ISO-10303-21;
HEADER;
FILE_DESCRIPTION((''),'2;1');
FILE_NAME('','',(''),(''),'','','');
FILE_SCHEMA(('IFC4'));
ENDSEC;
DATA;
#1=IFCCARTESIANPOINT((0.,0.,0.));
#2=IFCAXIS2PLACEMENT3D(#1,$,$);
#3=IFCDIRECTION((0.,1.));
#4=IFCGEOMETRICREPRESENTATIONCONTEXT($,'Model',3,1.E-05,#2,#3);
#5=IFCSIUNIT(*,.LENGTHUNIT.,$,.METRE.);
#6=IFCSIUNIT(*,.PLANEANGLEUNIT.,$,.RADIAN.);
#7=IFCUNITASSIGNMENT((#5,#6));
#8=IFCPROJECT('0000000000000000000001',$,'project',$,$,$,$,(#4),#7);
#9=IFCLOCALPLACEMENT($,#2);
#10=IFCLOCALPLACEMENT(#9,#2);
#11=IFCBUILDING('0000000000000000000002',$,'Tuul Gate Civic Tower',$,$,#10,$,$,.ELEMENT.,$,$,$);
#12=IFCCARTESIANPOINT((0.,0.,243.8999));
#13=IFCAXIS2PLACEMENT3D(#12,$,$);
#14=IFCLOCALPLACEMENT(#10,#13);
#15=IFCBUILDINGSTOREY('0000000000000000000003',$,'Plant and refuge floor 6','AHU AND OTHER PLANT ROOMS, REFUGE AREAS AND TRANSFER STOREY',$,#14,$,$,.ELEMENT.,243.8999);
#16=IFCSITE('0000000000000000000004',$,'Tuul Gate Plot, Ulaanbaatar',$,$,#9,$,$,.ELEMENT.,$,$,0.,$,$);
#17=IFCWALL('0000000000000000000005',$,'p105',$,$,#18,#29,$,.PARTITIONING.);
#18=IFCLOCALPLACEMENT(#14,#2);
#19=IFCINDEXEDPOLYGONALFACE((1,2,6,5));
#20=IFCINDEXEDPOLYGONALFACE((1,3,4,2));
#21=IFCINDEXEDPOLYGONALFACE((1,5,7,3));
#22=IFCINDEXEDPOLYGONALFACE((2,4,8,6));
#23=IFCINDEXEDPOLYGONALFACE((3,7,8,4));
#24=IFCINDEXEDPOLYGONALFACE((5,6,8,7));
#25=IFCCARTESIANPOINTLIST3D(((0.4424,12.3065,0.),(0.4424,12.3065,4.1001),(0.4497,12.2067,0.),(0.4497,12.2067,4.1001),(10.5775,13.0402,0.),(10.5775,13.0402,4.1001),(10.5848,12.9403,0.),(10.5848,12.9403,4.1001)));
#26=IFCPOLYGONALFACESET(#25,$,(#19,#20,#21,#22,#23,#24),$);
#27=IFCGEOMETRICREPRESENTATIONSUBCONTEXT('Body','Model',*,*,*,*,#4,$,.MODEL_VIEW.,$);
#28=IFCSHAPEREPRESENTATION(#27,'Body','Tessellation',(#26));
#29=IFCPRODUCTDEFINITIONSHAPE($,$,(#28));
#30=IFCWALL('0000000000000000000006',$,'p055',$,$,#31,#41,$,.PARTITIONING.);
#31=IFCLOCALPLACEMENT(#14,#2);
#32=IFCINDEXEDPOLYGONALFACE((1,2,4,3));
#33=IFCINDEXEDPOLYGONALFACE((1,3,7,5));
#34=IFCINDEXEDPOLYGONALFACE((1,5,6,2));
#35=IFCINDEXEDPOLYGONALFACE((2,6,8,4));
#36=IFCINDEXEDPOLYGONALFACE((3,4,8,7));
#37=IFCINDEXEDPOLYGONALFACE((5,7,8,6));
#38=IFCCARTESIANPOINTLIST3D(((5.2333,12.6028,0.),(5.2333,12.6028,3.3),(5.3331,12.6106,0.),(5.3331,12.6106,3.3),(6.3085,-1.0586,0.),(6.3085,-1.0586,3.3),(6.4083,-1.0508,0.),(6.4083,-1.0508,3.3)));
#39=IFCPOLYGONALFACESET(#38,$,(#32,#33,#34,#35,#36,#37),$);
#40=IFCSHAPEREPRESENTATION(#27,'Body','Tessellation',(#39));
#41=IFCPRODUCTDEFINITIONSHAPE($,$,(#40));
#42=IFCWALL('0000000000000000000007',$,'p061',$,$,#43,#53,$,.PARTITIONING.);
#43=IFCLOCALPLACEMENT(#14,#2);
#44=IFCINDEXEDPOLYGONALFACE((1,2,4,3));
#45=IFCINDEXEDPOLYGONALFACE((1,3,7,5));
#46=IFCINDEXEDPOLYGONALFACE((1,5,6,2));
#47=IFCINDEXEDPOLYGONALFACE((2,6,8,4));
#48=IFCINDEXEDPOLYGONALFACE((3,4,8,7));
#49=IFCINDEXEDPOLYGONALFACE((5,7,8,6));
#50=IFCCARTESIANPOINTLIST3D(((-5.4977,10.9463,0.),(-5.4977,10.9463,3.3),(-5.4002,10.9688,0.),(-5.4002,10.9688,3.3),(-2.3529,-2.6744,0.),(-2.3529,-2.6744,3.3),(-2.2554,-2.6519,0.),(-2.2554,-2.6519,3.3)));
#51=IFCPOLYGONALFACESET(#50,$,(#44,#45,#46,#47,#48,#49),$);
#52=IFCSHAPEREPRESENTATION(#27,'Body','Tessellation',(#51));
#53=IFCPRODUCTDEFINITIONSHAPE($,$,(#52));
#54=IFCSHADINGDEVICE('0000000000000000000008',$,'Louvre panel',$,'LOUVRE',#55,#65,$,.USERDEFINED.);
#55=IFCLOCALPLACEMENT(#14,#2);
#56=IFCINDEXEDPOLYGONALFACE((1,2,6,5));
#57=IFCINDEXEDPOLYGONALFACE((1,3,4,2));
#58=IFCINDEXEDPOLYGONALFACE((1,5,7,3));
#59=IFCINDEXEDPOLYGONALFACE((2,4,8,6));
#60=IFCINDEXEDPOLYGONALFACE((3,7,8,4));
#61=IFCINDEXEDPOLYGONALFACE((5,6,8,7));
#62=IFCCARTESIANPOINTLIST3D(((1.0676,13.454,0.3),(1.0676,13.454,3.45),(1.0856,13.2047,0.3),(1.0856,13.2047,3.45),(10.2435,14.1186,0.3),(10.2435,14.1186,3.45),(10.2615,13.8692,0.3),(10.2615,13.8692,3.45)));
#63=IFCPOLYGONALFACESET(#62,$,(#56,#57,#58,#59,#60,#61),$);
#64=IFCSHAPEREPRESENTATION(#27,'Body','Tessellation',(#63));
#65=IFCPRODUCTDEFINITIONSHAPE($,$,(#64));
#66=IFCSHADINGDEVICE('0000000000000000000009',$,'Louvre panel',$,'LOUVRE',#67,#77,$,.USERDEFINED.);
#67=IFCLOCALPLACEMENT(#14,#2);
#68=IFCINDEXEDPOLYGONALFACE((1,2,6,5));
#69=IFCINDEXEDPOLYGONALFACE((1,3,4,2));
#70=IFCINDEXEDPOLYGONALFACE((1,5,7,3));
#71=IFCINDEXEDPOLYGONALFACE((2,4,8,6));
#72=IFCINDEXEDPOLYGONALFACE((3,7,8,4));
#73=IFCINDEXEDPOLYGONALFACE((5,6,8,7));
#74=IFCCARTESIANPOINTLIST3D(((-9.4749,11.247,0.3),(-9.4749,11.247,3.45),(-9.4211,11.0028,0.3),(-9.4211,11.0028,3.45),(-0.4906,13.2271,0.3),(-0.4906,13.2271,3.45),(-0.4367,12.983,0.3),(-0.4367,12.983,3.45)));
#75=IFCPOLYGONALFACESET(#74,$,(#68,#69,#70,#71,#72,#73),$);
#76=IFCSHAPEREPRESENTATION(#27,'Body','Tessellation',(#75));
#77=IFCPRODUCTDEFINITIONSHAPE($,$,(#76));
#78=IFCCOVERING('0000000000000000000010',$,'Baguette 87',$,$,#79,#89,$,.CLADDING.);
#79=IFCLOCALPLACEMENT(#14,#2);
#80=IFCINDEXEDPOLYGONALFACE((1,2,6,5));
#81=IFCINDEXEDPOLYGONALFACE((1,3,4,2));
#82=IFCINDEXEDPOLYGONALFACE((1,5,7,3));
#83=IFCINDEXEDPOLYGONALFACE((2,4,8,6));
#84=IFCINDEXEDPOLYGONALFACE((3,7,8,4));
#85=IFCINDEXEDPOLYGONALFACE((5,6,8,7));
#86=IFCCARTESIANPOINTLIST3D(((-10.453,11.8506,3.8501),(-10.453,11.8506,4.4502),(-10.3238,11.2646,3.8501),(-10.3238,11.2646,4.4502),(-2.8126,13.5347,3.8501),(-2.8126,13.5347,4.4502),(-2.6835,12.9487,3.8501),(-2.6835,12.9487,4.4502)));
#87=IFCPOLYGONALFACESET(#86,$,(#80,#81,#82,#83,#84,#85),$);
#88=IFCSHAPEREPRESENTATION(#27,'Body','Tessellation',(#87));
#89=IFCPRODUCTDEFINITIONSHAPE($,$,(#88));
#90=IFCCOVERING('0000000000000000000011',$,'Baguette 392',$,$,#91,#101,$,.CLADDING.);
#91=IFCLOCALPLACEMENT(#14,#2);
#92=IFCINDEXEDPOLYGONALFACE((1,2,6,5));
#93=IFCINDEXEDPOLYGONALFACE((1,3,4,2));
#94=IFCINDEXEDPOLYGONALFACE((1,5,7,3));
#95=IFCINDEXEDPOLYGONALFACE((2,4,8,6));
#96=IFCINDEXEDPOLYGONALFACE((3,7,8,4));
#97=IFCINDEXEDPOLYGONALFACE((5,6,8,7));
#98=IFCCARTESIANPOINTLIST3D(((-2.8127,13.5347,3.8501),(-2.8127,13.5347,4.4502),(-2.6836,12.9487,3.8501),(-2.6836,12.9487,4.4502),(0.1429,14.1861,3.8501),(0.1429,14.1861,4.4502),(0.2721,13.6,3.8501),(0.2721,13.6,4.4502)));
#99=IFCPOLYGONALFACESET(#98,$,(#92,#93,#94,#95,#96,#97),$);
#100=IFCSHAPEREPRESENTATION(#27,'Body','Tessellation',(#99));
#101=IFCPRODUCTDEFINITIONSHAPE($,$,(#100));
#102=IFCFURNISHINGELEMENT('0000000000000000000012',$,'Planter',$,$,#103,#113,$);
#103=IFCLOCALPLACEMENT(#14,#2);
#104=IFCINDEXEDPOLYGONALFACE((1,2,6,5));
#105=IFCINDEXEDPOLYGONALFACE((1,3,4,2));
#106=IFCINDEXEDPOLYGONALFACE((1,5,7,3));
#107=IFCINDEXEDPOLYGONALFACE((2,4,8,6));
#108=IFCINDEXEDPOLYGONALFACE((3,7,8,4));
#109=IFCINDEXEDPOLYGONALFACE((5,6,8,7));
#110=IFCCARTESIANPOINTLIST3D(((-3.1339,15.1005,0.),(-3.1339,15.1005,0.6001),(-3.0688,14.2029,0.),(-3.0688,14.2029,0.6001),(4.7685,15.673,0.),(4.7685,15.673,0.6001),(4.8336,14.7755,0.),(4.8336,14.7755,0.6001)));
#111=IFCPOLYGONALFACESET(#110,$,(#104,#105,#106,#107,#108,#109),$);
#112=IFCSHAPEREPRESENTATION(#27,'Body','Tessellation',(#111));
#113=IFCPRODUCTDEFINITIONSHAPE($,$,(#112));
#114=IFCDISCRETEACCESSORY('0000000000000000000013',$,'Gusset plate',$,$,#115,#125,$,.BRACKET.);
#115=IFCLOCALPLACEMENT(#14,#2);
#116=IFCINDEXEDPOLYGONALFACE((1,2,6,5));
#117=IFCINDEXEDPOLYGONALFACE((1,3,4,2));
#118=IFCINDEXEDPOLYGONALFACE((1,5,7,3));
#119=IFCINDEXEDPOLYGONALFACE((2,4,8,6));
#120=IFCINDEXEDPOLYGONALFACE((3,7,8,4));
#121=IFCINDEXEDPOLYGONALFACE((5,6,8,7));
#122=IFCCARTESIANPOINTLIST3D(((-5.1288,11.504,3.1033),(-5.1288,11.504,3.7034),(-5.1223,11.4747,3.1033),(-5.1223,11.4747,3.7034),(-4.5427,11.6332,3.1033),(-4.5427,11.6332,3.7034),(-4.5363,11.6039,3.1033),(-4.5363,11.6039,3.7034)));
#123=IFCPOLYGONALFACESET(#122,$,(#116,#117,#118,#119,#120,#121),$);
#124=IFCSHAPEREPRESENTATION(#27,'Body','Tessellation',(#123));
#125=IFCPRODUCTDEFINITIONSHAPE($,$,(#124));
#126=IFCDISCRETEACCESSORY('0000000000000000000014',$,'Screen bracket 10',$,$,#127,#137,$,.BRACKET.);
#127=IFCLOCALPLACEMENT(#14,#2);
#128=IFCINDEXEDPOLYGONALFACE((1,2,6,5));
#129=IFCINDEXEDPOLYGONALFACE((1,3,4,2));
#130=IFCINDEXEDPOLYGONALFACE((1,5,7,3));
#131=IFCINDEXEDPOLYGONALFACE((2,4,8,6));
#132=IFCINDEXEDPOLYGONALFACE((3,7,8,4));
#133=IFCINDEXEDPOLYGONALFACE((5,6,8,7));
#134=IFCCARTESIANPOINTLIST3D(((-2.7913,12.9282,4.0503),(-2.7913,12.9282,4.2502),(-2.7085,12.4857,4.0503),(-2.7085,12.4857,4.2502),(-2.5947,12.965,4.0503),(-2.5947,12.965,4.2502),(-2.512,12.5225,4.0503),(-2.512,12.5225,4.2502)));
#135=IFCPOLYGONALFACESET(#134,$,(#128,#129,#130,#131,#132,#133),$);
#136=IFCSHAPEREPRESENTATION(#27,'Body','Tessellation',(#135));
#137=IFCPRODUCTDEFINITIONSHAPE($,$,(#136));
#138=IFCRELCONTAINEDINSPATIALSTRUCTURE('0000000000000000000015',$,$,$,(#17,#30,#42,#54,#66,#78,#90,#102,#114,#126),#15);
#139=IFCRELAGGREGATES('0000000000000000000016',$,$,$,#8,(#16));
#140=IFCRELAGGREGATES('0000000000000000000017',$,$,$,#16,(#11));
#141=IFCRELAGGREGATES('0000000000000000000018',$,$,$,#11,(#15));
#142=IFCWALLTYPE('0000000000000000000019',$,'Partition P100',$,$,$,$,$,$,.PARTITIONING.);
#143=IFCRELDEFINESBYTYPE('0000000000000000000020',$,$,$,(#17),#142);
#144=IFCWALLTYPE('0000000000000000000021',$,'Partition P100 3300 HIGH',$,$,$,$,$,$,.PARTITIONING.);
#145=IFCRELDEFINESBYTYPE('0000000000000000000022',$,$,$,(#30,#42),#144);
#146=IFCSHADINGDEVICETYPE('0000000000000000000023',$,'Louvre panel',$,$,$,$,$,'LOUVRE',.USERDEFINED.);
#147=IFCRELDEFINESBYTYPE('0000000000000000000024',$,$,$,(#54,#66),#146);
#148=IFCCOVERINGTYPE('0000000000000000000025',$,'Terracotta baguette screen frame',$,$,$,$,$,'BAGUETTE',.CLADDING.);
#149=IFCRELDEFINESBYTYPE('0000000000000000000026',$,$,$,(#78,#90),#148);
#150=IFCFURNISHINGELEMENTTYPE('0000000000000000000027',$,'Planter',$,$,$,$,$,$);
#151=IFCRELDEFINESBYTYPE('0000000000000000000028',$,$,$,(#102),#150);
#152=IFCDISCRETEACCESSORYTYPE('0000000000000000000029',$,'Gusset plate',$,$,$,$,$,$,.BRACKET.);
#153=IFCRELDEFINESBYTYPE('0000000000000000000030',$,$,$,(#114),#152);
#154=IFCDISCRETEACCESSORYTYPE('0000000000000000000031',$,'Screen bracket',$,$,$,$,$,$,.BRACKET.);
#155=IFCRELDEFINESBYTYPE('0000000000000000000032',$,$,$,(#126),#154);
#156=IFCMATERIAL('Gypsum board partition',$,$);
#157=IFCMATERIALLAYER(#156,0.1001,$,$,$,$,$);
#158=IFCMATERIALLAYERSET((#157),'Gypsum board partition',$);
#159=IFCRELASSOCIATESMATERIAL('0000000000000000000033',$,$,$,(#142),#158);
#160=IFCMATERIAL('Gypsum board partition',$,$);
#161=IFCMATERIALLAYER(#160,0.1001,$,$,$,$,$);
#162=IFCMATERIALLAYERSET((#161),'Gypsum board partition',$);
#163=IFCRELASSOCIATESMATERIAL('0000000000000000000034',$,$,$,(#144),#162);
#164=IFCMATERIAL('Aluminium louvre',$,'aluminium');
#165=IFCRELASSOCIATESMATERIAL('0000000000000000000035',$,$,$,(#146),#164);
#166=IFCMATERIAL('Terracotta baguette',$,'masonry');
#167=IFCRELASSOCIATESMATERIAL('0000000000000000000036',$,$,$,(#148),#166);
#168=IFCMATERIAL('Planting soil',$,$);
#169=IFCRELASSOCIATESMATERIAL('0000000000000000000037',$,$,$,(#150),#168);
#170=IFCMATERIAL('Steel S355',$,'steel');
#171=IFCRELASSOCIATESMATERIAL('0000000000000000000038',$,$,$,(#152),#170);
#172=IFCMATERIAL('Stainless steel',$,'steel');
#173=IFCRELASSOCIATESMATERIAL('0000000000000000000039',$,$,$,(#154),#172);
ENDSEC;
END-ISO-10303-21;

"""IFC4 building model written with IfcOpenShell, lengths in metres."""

from ifc_helpers import new_model, si_unit, direction, frame, frame_2d, origin, origin_2d, place, context, subcontext, project, spatial, rectangle, extrude, material, layer, layer_set, material_profile, profile_set, type_object, element, save


model = new_model("IFC4")

# Units and contexts
model_context = context("Model", 3, precision=1e-05, world=origin(), true_north=direction((0.0, 1.0)))
body_context = subcontext(model_context, "Body", "Model", "MODEL_VIEW")
ifc_project = project(units=[si_unit("LENGTHUNIT", "METRE"), si_unit("PLANEANGLEUNIT", "RADIAN")], contexts=[model_context])

# Site, building, storey
site_placement = place(None, origin())
site = spatial("IfcSite", under=ifc_project, at=site_placement, Name="Tuul Gate Plot, Ulaanbaatar", CompositionType="ELEMENT", RefElevation=0.0)
building_placement = place(site_placement, origin())
building = spatial("IfcBuilding", under=site, at=building_placement, Name="Tuul Gate Civic Tower", CompositionType="ELEMENT")
storey_placement = place(building_placement, frame((0.0, 0.0, 243.8999)))
storey = spatial("IfcBuildingStorey", under=building, at=storey_placement, Name="Plant and refuge floor 6", Description="AHU AND OTHER PLANT ROOMS, REFUGE AREAS AND TRANSFER STOREY", CompositionType="ELEMENT", Elevation=243.8999)

# Walls
ifc_material_1 = material(Name="Gypsum board partition")
ifc_layer_1 = layer(ifc_material_1, 0.1001)
ifc_layer_set_1 = layer_set([ifc_layer_1], Name="Gypsum board partition")
wall_type_1 = type_object("IfcWallType", Name="Partition P100", PredefinedType="PARTITIONING", material=ifc_layer_set_1)
wall_1_placement = place(storey_placement, frame((0.446, 12.2566, 0.0), z_axis=(0.0, 0.0, 1.0), x_axis=(0.99739, 0.072198, 0.0)))
element("IfcWall", 1, at=wall_1_placement, inside=storey, type_object=wall_type_1, Name="p105", PredefinedType="PARTITIONING", context=body_context, shape_type="SweptSolid", body=[
    extrude(rectangle(XDim=10.1616, YDim=0.1001, at=frame_2d((5.0808, 0.0))), origin(), (0.0, 0.0, 1.0), 4.1001),
])
ifc_material_2 = material(Name="Gypsum board partition")
ifc_layer_2 = layer(ifc_material_2, 0.1001)
ifc_layer_set_2 = layer_set([ifc_layer_2], Name="Gypsum board partition")
wall_type_2 = type_object("IfcWallType", Name="Partition P100 3300 HIGH", PredefinedType="PARTITIONING", material=ifc_layer_set_2)
wall_2_placement = place(storey_placement, frame((5.2832, 12.6067, 0.0), z_axis=(0.0, 0.0, 1.0), x_axis=(0.078461, -0.996917, 0.0)))
element("IfcWall", 2, at=wall_2_placement, inside=storey, type_object=wall_type_2, Name="p055", PredefinedType="PARTITIONING", context=body_context, shape_type="SweptSolid", body=[
    extrude(rectangle(XDim=13.7036, YDim=0.1001, at=frame_2d((6.8518, 0.0))), origin(), (0.0, 0.0, 1.0), 3.3),
])
wall_3_placement = place(storey_placement, frame((-5.449, 10.9575, 0.0), z_axis=(0.0, 0.0, 1.0), x_axis=(0.224965, -0.974367, 0.0)))
element("IfcWall", 3, at=wall_3_placement, inside=storey, type_object=wall_type_2, Name="p061", PredefinedType="PARTITIONING", context=body_context, shape_type="SweptSolid", body=[
    extrude(rectangle(XDim=13.979, YDim=0.1001, at=frame_2d((6.9895, 0.0))), origin(), (0.0, 0.0, 1.0), 3.3),
])

# Shading devices
ifc_material_3 = material(Name="Aluminium louvre", Category="aluminium")
shading_device_type = type_object("IfcShadingDeviceType", Name="Louvre panel", ElementType="LOUVRE", PredefinedType="USERDEFINED", material=ifc_material_3)
for number, where, z_axis, x_axis, name in (
    (4, (5.6646, 13.6616, 0.3), (0.0, 0.0, 1.0), (-0.072233, 0.997388, 0.0), "Louvre panel"),
    (5, (-4.9558, 12.115, 0.3), (0.0, 0.0, 1.0), (-0.215235, 0.976562, 0.0), "Louvre panel"),
):
    element("IfcShadingDevice", number, at=place(storey_placement, frame(where, z_axis=z_axis, x_axis=x_axis)), inside=storey, type_object=shading_device_type, Name=name, ObjectType="LOUVRE", PredefinedType="USERDEFINED", context=body_context, shape_type="SweptSolid", body=[
        extrude(rectangle(XDim=0.25, YDim=9.2, at=origin_2d()), origin(), (0.0, 0.0, 1.0), 3.1499),
    ])

# Coverings
ifc_material_4 = material(Name="Terracotta baguette", Category="masonry")
ifc_material_profile_1 = material_profile(ifc_material_4, rectangle(XDim=0.6001, YDim=0.6001, at=origin_2d()), Name="Terracotta baguette screen frame")
ifc_profile_set_1 = profile_set([ifc_material_profile_1], Name="Terracotta baguette")
covering_type = type_object("IfcCoveringType", Name="Terracotta baguette screen frame", ElementType="BAGUETTE", PredefinedType="CLADDING", material=ifc_profile_set_1)
covering_1_placement = place(storey_placement, frame((-2.748, 13.2417, 4.1501), z_axis=(-0.976559, -0.215252, 0.0), x_axis=(0.215252, -0.976559, 0.0)))
element("IfcCovering", 6, at=covering_1_placement, inside=storey, type_object=covering_type, Name="Baguette 87", PredefinedType="CLADDING", context=body_context, shape_type="SweptSolid", body=[
    extrude(rectangle(XDim=0.6001, YDim=0.6001, at=origin_2d()), origin(), (0.0, 0.0, 1.0), 7.8237),
])
covering_2_placement = place(storey_placement, frame((0.2075, 13.8931, 4.1501), z_axis=(-0.976565, -0.215222, 0.0), x_axis=(0.215222, -0.976565, 0.0)))
element("IfcCovering", 7, at=covering_2_placement, inside=storey, type_object=covering_type, Name="Baguette 392", PredefinedType="CLADDING", context=body_context, shape_type="SweptSolid", body=[
    extrude(rectangle(XDim=0.6001, YDim=0.6001, at=origin_2d()), origin(), (0.0, 0.0, 1.0), 3.0266),
])

# Furnishing element
ifc_material_5 = material(Name="Planting soil")
furnishing_element_type = type_object("IfcFurnishingElementType", Name="Planter", material=ifc_material_5)
furnishing_placement = place(storey_placement, frame((0.8499, 14.938, 0.0), z_axis=(0.0, 0.0, 1.0), x_axis=(-0.997385, -0.072266, 0.0)))
element("IfcFurnishingElement", 8, at=furnishing_placement, inside=storey, type_object=furnishing_element_type, Name="Planter", context=body_context, shape_type="SweptSolid", body=[
    extrude(rectangle(XDim=7.9231, YDim=0.8999, at=origin_2d()), origin(), (0.0, 0.0, 1.0), 0.6001),
])

# Discrete accessories
ifc_material_6 = material(Name="Steel S355", Category="steel")
discrete_accessory_type_1 = type_object("IfcDiscreteAccessoryType", Name="Gusset plate", PredefinedType="BRACKET", material=ifc_material_6)
discrete_accessory_1_placement = place(storey_placement, frame((-4.8325, 11.554, 3.1033), z_axis=(0.0, 0.0, 1.0), x_axis=(0.976565, 0.215224, 0.0)))
element("IfcDiscreteAccessory", 9, at=discrete_accessory_1_placement, inside=storey, type_object=discrete_accessory_type_1, Name="Gusset plate", PredefinedType="BRACKET", context=body_context, shape_type="SweptSolid", body=[
    extrude(rectangle(XDim=0.6001, YDim=0.03, at=origin_2d()), origin(), (0.0, 0.0, 1.0), 0.6001),
])
ifc_material_7 = material(Name="Stainless steel", Category="steel")
discrete_accessory_type_2 = type_object("IfcDiscreteAccessoryType", Name="Screen bracket", PredefinedType="BRACKET", material=ifc_material_7)
discrete_accessory_2_placement = place(storey_placement, frame((-2.6516, 12.7253, 4.0503), z_axis=(0.0, 0.0, 1.0), x_axis=(-0.18386, 0.982952, 0.0)))
element("IfcDiscreteAccessory", 10, at=discrete_accessory_2_placement, inside=storey, type_object=discrete_accessory_type_2, Name="Screen bracket 10", PredefinedType="BRACKET", context=body_context, shape_type="SweptSolid", body=[
    extrude(rectangle(XDim=0.4502, YDim=0.2, at=origin_2d()), origin(), (0.0, 0.0, 1.0), 0.2),
])

save(model, "model.ifc")
